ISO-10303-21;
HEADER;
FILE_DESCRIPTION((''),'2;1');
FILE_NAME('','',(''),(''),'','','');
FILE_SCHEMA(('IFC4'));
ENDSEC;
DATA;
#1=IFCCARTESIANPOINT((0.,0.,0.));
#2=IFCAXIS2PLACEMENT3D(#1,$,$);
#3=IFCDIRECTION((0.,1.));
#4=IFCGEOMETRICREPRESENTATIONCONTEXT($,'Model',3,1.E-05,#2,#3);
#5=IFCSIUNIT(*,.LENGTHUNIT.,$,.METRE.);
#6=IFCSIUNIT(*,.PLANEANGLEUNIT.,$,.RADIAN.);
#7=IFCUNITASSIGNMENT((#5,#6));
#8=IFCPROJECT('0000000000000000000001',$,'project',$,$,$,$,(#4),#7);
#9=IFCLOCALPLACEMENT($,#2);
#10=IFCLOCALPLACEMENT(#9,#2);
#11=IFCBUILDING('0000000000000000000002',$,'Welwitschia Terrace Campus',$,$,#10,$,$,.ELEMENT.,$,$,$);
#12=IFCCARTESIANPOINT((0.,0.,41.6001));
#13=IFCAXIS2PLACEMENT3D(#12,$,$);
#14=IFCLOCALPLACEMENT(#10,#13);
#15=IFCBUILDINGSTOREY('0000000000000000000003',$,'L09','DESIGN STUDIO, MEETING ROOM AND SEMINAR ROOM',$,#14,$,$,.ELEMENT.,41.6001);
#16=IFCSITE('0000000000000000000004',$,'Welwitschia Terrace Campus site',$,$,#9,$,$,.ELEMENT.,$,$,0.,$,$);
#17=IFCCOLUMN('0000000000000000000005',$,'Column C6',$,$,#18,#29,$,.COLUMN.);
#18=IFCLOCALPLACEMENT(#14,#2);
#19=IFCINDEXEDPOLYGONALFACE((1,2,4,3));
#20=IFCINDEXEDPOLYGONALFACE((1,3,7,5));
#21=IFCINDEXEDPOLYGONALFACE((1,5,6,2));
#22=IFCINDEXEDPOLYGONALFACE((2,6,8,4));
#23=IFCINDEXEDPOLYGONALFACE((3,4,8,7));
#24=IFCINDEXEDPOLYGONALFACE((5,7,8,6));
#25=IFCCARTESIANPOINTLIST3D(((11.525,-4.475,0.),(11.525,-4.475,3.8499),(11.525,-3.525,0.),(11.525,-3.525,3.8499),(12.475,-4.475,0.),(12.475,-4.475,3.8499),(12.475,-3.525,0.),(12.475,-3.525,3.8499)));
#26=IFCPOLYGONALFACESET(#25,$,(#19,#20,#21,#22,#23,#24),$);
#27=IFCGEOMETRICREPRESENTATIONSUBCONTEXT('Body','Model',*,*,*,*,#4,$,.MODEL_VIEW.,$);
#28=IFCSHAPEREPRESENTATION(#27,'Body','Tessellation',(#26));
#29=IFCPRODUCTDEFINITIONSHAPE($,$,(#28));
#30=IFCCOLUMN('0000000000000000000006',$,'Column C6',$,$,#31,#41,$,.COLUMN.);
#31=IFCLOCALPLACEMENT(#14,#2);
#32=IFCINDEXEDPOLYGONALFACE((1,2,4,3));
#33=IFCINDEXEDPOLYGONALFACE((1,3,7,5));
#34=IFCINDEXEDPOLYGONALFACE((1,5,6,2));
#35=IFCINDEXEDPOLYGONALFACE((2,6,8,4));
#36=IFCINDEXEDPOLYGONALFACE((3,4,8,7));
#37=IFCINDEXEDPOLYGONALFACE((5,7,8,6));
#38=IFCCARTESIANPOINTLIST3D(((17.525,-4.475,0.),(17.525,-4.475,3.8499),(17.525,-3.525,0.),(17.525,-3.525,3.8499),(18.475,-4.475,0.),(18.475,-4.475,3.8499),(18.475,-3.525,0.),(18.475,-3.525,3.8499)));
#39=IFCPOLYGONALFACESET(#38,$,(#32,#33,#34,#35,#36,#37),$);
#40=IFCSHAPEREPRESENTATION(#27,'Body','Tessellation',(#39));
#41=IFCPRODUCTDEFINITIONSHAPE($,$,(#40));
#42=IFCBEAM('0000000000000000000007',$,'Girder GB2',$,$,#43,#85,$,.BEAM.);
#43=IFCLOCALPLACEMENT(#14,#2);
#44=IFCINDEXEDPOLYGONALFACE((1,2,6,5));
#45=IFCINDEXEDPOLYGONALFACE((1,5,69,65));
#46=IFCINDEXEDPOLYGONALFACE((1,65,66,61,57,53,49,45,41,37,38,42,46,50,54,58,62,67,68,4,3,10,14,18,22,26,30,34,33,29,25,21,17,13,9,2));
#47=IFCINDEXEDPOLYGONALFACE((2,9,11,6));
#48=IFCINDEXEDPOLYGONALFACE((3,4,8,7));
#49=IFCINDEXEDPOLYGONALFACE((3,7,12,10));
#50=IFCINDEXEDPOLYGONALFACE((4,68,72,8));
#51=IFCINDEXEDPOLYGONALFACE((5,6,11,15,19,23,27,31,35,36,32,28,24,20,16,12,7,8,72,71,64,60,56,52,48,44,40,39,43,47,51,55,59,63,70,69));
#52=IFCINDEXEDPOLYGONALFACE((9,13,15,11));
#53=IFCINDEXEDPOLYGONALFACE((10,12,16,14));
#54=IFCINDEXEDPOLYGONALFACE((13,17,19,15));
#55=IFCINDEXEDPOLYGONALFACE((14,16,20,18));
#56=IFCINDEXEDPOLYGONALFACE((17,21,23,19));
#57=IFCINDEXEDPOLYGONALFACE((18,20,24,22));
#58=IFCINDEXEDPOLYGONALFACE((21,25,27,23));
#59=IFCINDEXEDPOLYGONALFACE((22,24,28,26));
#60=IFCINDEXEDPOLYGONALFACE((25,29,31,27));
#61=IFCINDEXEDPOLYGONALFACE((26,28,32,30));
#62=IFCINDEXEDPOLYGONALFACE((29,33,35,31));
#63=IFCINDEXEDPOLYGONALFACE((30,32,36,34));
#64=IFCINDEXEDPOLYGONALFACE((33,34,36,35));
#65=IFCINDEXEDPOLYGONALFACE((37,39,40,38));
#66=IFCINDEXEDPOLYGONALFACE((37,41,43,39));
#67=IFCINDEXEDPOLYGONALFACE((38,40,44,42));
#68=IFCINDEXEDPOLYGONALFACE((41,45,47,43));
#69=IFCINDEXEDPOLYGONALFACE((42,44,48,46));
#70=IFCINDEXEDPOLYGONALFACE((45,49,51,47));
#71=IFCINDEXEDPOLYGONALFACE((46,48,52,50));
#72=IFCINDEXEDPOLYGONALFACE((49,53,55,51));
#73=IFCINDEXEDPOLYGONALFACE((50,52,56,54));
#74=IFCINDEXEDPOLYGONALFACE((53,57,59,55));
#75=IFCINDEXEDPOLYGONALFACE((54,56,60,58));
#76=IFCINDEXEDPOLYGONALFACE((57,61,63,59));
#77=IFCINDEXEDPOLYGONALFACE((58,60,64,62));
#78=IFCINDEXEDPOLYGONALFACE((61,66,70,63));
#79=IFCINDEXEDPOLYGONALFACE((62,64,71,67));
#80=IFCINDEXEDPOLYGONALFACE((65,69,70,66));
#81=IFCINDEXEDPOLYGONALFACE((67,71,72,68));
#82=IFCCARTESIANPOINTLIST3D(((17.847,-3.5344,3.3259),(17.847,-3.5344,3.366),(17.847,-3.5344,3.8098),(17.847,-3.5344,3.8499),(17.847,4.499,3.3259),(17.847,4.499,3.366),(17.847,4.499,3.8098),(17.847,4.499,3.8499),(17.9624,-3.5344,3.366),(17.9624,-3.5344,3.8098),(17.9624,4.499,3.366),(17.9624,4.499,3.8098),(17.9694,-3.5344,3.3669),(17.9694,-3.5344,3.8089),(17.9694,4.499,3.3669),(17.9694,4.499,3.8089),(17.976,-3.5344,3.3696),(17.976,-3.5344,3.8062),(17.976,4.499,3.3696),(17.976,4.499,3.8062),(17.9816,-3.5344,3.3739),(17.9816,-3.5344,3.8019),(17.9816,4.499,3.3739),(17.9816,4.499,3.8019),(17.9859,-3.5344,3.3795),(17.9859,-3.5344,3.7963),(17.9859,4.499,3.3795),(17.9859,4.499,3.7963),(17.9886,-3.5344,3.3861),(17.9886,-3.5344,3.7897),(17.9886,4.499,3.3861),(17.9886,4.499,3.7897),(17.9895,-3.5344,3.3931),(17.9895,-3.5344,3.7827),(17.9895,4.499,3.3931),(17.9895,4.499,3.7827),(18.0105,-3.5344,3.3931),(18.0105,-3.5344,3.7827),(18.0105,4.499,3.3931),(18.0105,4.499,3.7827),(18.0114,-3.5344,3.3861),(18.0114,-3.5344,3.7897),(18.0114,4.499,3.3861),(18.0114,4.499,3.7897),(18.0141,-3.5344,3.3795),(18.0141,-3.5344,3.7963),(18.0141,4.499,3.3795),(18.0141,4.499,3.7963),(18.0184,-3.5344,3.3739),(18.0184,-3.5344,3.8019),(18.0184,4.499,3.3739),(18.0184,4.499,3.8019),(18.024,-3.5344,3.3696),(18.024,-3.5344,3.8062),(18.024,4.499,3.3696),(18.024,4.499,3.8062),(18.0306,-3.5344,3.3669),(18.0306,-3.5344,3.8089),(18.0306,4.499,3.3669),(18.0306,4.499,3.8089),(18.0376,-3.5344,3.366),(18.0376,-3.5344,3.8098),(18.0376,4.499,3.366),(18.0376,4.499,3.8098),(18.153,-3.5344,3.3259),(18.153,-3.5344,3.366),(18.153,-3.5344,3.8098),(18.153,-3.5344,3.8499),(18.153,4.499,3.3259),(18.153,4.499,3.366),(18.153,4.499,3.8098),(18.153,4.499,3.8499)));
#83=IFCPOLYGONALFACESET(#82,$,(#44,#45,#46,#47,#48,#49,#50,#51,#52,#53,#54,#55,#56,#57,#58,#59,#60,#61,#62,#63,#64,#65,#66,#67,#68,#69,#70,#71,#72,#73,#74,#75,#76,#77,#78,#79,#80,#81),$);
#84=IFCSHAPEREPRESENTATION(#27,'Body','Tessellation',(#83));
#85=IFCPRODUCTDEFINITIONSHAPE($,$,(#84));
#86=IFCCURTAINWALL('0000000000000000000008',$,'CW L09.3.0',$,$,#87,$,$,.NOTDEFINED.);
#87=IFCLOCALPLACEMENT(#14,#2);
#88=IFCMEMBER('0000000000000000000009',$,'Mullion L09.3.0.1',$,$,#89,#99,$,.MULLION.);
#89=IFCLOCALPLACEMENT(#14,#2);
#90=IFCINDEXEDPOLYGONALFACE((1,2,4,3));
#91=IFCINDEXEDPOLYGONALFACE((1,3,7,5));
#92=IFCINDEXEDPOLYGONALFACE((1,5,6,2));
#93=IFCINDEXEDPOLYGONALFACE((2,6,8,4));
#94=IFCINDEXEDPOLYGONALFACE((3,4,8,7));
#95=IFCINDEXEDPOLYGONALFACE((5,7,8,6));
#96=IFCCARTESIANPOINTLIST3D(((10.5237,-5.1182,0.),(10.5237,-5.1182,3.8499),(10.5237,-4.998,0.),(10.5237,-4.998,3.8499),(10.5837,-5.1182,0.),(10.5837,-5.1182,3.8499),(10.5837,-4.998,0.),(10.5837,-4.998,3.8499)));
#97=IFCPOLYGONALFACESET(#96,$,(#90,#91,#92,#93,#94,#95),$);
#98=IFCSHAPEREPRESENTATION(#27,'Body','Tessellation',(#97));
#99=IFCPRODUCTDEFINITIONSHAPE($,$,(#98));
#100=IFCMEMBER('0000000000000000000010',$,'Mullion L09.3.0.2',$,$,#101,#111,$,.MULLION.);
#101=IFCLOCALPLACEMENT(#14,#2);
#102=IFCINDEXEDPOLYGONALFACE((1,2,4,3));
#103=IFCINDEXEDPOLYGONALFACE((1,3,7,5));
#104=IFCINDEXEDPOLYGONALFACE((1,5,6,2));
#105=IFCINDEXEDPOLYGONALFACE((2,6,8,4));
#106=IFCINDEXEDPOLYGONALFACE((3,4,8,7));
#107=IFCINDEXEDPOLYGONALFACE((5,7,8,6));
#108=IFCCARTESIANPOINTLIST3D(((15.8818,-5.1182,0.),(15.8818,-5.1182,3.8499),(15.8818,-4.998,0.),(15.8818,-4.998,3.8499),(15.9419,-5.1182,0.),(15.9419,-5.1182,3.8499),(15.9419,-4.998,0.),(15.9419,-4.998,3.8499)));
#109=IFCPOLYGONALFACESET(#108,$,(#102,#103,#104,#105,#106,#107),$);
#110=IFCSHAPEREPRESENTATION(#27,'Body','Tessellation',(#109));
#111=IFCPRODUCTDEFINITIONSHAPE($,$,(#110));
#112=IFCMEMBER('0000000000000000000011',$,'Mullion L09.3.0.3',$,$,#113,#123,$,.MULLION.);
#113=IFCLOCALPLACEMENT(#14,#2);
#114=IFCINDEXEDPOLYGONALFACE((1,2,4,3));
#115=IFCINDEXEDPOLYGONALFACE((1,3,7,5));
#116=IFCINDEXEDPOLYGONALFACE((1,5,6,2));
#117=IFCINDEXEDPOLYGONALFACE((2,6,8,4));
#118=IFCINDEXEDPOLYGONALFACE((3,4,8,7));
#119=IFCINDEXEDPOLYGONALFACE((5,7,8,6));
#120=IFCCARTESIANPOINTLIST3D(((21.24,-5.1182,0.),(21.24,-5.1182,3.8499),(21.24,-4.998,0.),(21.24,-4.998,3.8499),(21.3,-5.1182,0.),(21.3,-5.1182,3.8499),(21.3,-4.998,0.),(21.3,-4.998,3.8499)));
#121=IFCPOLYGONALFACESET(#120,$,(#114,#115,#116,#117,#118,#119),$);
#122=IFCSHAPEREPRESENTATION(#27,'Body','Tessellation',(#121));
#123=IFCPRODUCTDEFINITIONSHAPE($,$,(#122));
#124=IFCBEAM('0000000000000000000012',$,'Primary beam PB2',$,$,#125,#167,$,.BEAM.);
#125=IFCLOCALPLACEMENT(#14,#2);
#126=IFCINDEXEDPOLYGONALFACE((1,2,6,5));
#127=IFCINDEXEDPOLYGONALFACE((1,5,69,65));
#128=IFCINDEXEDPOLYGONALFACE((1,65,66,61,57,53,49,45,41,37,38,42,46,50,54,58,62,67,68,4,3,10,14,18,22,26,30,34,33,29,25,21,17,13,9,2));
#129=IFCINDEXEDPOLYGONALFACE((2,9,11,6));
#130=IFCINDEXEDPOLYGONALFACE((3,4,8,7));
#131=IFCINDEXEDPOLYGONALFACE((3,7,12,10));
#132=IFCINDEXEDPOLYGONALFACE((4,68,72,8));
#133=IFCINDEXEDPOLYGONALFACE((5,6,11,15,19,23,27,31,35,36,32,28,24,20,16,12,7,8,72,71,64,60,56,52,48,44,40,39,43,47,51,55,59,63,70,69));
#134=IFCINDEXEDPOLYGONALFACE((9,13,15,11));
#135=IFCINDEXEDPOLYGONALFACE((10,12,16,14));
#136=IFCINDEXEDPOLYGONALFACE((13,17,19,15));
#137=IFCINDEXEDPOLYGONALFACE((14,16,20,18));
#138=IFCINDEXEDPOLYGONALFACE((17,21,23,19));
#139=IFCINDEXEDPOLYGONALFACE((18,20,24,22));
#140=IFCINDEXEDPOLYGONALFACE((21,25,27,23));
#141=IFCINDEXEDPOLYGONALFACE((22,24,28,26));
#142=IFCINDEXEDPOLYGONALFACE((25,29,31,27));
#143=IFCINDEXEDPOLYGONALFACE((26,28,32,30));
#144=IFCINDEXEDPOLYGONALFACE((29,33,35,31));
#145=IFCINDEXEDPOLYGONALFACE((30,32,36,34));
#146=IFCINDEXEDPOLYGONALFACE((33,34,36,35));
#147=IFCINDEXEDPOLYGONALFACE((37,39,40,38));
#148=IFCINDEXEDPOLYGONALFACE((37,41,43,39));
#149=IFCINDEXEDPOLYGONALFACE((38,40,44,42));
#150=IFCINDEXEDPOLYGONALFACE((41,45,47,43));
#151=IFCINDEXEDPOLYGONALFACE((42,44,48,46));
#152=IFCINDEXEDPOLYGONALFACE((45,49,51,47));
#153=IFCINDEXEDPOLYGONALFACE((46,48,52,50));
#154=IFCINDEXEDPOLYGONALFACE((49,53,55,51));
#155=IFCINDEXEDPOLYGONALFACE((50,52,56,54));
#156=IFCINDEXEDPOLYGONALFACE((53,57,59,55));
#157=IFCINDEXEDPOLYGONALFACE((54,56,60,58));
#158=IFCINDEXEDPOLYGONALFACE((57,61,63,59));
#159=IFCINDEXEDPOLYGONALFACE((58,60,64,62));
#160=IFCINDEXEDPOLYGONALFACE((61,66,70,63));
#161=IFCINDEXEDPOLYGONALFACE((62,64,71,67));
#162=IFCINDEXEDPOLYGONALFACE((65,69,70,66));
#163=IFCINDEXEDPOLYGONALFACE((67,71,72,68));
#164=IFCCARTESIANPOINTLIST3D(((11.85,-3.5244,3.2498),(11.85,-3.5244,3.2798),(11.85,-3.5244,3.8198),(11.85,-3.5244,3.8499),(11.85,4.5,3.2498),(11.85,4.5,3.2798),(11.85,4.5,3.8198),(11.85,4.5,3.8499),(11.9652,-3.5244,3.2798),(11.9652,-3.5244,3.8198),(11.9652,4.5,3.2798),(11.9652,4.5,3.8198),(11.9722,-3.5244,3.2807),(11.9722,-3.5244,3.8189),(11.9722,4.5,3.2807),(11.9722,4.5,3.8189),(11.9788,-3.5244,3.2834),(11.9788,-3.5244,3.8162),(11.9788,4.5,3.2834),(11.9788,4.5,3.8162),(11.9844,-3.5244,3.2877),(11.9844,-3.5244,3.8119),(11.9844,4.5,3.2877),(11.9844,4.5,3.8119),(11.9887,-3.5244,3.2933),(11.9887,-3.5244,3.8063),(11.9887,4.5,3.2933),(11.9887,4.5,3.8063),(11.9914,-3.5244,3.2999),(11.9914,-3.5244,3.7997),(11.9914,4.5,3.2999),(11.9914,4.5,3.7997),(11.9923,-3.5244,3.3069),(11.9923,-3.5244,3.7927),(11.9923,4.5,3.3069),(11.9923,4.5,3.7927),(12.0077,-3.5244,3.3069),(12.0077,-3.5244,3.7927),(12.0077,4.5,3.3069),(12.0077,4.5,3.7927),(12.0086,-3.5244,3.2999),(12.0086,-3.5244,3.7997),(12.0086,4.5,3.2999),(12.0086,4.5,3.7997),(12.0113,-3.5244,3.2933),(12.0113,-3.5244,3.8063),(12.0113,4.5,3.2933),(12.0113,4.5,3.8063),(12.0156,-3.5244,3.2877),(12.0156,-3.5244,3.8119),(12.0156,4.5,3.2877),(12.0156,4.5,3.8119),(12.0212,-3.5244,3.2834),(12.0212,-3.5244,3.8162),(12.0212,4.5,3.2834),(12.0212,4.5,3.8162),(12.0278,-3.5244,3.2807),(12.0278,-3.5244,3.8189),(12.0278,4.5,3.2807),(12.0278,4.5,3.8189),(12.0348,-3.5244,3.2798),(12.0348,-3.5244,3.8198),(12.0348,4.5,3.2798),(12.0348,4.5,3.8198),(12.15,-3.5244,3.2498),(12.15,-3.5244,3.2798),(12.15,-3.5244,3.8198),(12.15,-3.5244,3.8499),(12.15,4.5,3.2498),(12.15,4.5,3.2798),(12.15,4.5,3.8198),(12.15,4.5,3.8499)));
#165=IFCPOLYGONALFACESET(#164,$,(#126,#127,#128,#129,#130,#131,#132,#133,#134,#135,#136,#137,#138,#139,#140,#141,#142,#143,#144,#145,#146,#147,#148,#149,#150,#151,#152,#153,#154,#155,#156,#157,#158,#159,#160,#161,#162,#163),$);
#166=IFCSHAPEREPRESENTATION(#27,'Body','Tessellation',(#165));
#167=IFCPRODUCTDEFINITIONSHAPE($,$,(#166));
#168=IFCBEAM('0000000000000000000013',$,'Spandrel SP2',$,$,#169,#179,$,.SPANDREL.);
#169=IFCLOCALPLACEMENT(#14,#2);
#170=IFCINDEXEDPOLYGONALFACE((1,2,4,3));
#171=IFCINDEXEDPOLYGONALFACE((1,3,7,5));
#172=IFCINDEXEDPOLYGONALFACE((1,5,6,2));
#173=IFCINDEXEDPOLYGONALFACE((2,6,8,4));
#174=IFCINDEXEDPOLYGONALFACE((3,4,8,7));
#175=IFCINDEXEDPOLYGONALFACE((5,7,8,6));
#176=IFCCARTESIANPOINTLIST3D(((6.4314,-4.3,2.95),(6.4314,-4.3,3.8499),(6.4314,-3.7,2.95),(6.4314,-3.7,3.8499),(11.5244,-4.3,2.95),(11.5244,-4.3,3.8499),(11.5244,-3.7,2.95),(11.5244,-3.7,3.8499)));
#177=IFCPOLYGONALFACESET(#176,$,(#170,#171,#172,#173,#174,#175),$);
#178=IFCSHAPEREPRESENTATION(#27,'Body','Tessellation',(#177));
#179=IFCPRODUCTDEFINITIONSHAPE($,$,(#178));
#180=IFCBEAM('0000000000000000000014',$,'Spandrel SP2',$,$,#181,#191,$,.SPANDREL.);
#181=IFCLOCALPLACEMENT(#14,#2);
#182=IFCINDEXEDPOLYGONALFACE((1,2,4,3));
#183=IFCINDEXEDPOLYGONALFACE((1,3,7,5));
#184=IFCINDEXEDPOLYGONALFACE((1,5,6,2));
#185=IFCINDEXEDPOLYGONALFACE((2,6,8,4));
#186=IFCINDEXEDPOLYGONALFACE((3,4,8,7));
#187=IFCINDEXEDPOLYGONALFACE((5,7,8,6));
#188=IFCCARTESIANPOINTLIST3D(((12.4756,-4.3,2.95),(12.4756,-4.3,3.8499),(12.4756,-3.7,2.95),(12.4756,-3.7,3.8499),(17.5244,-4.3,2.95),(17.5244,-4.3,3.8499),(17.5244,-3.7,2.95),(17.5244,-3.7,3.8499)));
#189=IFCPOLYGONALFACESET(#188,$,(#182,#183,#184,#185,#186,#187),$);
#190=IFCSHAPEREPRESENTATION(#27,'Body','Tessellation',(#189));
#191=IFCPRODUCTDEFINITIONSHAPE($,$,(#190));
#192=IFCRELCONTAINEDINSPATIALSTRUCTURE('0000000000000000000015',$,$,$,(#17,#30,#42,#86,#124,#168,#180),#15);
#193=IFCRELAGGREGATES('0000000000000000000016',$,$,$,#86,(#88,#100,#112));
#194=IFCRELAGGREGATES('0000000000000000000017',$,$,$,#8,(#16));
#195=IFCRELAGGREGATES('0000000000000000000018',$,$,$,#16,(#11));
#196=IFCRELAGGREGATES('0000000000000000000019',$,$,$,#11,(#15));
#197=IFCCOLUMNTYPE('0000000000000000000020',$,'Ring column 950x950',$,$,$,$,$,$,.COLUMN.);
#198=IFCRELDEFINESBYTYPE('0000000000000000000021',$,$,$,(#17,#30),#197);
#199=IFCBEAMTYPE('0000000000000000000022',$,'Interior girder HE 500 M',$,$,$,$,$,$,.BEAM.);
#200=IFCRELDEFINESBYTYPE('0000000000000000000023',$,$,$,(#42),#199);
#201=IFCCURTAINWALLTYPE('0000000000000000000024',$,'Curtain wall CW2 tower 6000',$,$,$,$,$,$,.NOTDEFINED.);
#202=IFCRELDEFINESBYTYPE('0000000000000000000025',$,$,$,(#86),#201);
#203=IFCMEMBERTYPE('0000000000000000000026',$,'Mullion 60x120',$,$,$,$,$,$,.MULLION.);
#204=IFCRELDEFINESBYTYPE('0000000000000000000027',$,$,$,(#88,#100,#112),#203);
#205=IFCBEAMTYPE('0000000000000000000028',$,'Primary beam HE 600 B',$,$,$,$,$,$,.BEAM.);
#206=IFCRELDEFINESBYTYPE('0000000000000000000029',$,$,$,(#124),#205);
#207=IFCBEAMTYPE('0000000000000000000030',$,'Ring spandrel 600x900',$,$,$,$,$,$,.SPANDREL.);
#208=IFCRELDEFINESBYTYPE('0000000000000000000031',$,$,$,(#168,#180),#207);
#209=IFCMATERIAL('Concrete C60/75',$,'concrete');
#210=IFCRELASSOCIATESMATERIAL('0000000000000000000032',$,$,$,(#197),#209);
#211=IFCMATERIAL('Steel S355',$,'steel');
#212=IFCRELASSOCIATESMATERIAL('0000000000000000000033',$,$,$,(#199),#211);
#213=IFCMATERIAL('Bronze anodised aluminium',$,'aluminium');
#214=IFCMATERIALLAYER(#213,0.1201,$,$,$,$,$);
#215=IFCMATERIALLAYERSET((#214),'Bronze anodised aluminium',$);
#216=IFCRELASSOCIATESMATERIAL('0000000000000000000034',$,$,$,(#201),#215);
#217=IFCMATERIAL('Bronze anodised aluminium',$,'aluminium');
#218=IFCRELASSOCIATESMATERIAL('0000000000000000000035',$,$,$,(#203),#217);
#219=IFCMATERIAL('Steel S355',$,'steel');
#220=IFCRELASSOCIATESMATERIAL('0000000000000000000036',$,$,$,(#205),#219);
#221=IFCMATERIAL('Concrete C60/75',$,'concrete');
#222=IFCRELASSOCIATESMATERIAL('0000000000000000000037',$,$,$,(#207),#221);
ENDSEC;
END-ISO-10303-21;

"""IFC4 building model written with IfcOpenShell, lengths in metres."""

from ifc_helpers import new_model, si_unit, direction, frame, origin, origin_2d, place, context, subcontext, project, spatial, rectangle, i_section, extrude, material, layer, layer_set, material_profile, profile_set, type_object, element, aggregate, save


model = new_model("IFC4")

# Units and contexts
model_context = context("Model", 3, precision=1e-05, world=origin(), true_north=direction((0.0, 1.0)))
body_context = subcontext(model_context, "Body", "Model", "MODEL_VIEW")
ifc_project = project(units=[si_unit("LENGTHUNIT", "METRE"), si_unit("PLANEANGLEUNIT", "RADIAN")], contexts=[model_context])

# Site, building, storey
site_placement = place(None, origin())
site = spatial("IfcSite", under=ifc_project, at=site_placement, Name="Welwitschia Terrace Campus site", CompositionType="ELEMENT", RefElevation=0.0)
building_placement = place(site_placement, origin())
building = spatial("IfcBuilding", under=site, at=building_placement, Name="Welwitschia Terrace Campus", CompositionType="ELEMENT")
storey_placement = place(building_placement, frame((0.0, 0.0, 41.6001)))
storey = spatial("IfcBuildingStorey", under=building, at=storey_placement, Name="L09", Description="DESIGN STUDIO, MEETING ROOM AND SEMINAR ROOM", CompositionType="ELEMENT", Elevation=41.6001)

# Columns
ifc_material_1 = material(Name="Concrete C60/75", Category="concrete")
ifc_material_profile_1 = material_profile(ifc_material_1, rectangle(XDim=0.95, YDim=0.95, at=origin_2d()))
ifc_profile_set_1 = profile_set([ifc_material_profile_1], Name="Concrete C60/75")
column_type = type_object("IfcColumnType", Name="Ring column 950x950", PredefinedType="COLUMN", material=ifc_profile_set_1)
for number, where, z_axis, x_axis, name in (
    (1, (12.0, -4.0, 0.0), (0.0, 0.0, 1.0), (1.0, 0.0, 0.0), "Column C6"),
    (2, (18.0, -4.0, 0.0), (0.0, 0.0, 1.0), (1.0, 0.0, 0.0), "Column C6"),
):
    element("IfcColumn", number, at=place(storey_placement, frame(where, z_axis=z_axis, x_axis=x_axis)), inside=storey, type_object=column_type, Name=name, PredefinedType="COLUMN", context=body_context, shape_type="SweptSolid", body=[
        extrude(rectangle(XDim=0.95, YDim=0.95, at=origin_2d()), origin(), (0.0, 0.0, 1.0), 3.8499),
    ])

# Beam
ifc_material_2 = material(Name="Steel S355", Category="steel")
ifc_material_profile_2 = material_profile(ifc_material_2, i_section(OverallWidth=0.3059, OverallDepth=0.5239, WebThickness=0.021, FlangeThickness=0.04, FilletRadius=0.0271, at=origin_2d()))
ifc_profile_set_2 = profile_set([ifc_material_profile_2], Name="Steel S355")
beam_type_1 = type_object("IfcBeamType", Name="Interior girder HE 500 M", PredefinedType="BEAM", material=ifc_profile_set_2)
beam_1_placement = place(storey_placement, frame((18.0, -3.5344, 3.5879), z_axis=(0.0, 1.0, 0.0), x_axis=(-1.0, 0.0, 0.0)))
element("IfcBeam", 3, at=beam_1_placement, inside=storey, type_object=beam_type_1, Name="Girder GB2", PredefinedType="BEAM", context=body_context, shape_type="SweptSolid", body=[
    extrude(i_section(OverallWidth=0.3059, OverallDepth=0.5239, WebThickness=0.021, FlangeThickness=0.04, FilletRadius=0.0271, at=origin_2d()), origin(), (0.0, 0.0, 1.0), 8.0334),
])

# Curtain wall, members
ifc_material_3 = material(Name="Bronze anodised aluminium", Category="aluminium")
ifc_layer_1 = layer(ifc_material_3, 0.1201)
ifc_layer_set_1 = layer_set([ifc_layer_1], Name="Bronze anodised aluminium")
curtain_wall_type = type_object("IfcCurtainWallType", Name="Curtain wall CW2 tower 6000", PredefinedType="NOTDEFINED", material=ifc_layer_set_1)
curtain_wall_placement = place(storey_placement, origin())
curtain_wall = element("IfcCurtainWall", 4, at=curtain_wall_placement, inside=storey, type_object=curtain_wall_type, Name="CW L09.3.0", PredefinedType="NOTDEFINED")
ifc_material_4 = material(Name="Bronze anodised aluminium", Category="aluminium")
ifc_material_profile_3 = material_profile(ifc_material_4, rectangle(XDim=0.1201, YDim=0.0601, at=origin_2d()))
ifc_profile_set_3 = profile_set([ifc_material_profile_3], Name="Bronze anodised aluminium")
member_type = type_object("IfcMemberType", Name="Mullion 60x120", PredefinedType="MULLION", material=ifc_profile_set_3)
member_1_placement = place(storey_placement, frame((10.5537, -5.0581, 0.0), z_axis=(0.0, 0.0, 1.0), x_axis=(0.0, 1.0, 0.0)))
member_1 = element("IfcMember", 5, at=member_1_placement, type_object=member_type, Name="Mullion L09.3.0.1", PredefinedType="MULLION", context=body_context, shape_type="SweptSolid", body=[
    extrude(rectangle(XDim=0.1201, YDim=0.0601, at=origin_2d()), origin(), (0.0, 0.0, 1.0), 3.8499),
])
member_2_placement = place(storey_placement, frame((15.9119, -5.0581, 0.0), z_axis=(0.0, 0.0, 1.0), x_axis=(0.0, 1.0, 0.0)))
member_2 = element("IfcMember", 6, at=member_2_placement, type_object=member_type, Name="Mullion L09.3.0.2", PredefinedType="MULLION", context=body_context, shape_type="SweptSolid", body=[
    extrude(rectangle(XDim=0.1201, YDim=0.0601, at=origin_2d()), origin(), (0.0, 0.0, 1.0), 3.8499),
])
member_3_placement = place(storey_placement, frame((21.27, -5.0581, 0.0), z_axis=(0.0, 0.0, 1.0), x_axis=(0.0, 1.0, 0.0)))
member_3 = element("IfcMember", 7, at=member_3_placement, type_object=member_type, Name="Mullion L09.3.0.3", PredefinedType="MULLION", context=body_context, shape_type="SweptSolid", body=[
    extrude(rectangle(XDim=0.1201, YDim=0.0601, at=origin_2d()), origin(), (0.0, 0.0, 1.0), 3.8499),
])

# Beams
ifc_material_5 = material(Name="Steel S355", Category="steel")
ifc_material_profile_4 = material_profile(ifc_material_5, i_section(OverallWidth=0.3, OverallDepth=0.6001, WebThickness=0.0154, FlangeThickness=0.03, FilletRadius=0.0271, at=origin_2d()))
ifc_profile_set_4 = profile_set([ifc_material_profile_4], Name="Steel S355")
beam_type_2 = type_object("IfcBeamType", Name="Primary beam HE 600 B", PredefinedType="BEAM", material=ifc_profile_set_4)
beam_2_placement = place(storey_placement, frame((12.0, -3.5244, 3.5498), z_axis=(0.0, 1.0, 0.0), x_axis=(-1.0, 0.0, 0.0)))
element("IfcBeam", 8, at=beam_2_placement, inside=storey, type_object=beam_type_2, Name="Primary beam PB2", PredefinedType="BEAM", context=body_context, shape_type="SweptSolid", body=[
    extrude(i_section(OverallWidth=0.3, OverallDepth=0.6001, WebThickness=0.0154, FlangeThickness=0.03, FilletRadius=0.0271, at=origin_2d()), origin(), (0.0, 0.0, 1.0), 8.0244),
])
ifc_material_6 = material(Name="Concrete C60/75", Category="concrete")
ifc_material_profile_5 = material_profile(ifc_material_6, rectangle(XDim=0.6001, YDim=0.8999, at=origin_2d()))
ifc_profile_set_5 = profile_set([ifc_material_profile_5], Name="Concrete C60/75")
beam_type_3 = type_object("IfcBeamType", Name="Ring spandrel 600x900", PredefinedType="SPANDREL", material=ifc_profile_set_5)
beam_3_placement = place(storey_placement, frame((6.4314, -4.0, 3.3999), z_axis=(1.0, 0.0, 0.0), x_axis=(0.0, 1.0, 0.0)))
element("IfcBeam", 9, at=beam_3_placement, inside=storey, type_object=beam_type_3, Name="Spandrel SP2", PredefinedType="SPANDREL", context=body_context, shape_type="SweptSolid", body=[
    extrude(rectangle(XDim=0.6001, YDim=0.8999, at=origin_2d()), origin(), (0.0, 0.0, 1.0), 5.093),
])
for number, where, z_axis, x_axis, name in (
    (10, (12.4756, -4.0, 3.3999), (1.0, 0.0, 0.0), (0.0, 1.0, 0.0), "Spandrel SP2"),
):
    element("IfcBeam", number, at=place(storey_placement, frame(where, z_axis=z_axis, x_axis=x_axis)), inside=storey, type_object=beam_type_3, Name=name, PredefinedType="SPANDREL", context=body_context, shape_type="SweptSolid", body=[
        extrude(rectangle(XDim=0.6001, YDim=0.8999, at=origin_2d()), origin(), (0.0, 0.0, 1.0), 5.0488),
    ])

aggregate(curtain_wall, [member_1, member_2, member_3])

save(model, "model.ifc")
